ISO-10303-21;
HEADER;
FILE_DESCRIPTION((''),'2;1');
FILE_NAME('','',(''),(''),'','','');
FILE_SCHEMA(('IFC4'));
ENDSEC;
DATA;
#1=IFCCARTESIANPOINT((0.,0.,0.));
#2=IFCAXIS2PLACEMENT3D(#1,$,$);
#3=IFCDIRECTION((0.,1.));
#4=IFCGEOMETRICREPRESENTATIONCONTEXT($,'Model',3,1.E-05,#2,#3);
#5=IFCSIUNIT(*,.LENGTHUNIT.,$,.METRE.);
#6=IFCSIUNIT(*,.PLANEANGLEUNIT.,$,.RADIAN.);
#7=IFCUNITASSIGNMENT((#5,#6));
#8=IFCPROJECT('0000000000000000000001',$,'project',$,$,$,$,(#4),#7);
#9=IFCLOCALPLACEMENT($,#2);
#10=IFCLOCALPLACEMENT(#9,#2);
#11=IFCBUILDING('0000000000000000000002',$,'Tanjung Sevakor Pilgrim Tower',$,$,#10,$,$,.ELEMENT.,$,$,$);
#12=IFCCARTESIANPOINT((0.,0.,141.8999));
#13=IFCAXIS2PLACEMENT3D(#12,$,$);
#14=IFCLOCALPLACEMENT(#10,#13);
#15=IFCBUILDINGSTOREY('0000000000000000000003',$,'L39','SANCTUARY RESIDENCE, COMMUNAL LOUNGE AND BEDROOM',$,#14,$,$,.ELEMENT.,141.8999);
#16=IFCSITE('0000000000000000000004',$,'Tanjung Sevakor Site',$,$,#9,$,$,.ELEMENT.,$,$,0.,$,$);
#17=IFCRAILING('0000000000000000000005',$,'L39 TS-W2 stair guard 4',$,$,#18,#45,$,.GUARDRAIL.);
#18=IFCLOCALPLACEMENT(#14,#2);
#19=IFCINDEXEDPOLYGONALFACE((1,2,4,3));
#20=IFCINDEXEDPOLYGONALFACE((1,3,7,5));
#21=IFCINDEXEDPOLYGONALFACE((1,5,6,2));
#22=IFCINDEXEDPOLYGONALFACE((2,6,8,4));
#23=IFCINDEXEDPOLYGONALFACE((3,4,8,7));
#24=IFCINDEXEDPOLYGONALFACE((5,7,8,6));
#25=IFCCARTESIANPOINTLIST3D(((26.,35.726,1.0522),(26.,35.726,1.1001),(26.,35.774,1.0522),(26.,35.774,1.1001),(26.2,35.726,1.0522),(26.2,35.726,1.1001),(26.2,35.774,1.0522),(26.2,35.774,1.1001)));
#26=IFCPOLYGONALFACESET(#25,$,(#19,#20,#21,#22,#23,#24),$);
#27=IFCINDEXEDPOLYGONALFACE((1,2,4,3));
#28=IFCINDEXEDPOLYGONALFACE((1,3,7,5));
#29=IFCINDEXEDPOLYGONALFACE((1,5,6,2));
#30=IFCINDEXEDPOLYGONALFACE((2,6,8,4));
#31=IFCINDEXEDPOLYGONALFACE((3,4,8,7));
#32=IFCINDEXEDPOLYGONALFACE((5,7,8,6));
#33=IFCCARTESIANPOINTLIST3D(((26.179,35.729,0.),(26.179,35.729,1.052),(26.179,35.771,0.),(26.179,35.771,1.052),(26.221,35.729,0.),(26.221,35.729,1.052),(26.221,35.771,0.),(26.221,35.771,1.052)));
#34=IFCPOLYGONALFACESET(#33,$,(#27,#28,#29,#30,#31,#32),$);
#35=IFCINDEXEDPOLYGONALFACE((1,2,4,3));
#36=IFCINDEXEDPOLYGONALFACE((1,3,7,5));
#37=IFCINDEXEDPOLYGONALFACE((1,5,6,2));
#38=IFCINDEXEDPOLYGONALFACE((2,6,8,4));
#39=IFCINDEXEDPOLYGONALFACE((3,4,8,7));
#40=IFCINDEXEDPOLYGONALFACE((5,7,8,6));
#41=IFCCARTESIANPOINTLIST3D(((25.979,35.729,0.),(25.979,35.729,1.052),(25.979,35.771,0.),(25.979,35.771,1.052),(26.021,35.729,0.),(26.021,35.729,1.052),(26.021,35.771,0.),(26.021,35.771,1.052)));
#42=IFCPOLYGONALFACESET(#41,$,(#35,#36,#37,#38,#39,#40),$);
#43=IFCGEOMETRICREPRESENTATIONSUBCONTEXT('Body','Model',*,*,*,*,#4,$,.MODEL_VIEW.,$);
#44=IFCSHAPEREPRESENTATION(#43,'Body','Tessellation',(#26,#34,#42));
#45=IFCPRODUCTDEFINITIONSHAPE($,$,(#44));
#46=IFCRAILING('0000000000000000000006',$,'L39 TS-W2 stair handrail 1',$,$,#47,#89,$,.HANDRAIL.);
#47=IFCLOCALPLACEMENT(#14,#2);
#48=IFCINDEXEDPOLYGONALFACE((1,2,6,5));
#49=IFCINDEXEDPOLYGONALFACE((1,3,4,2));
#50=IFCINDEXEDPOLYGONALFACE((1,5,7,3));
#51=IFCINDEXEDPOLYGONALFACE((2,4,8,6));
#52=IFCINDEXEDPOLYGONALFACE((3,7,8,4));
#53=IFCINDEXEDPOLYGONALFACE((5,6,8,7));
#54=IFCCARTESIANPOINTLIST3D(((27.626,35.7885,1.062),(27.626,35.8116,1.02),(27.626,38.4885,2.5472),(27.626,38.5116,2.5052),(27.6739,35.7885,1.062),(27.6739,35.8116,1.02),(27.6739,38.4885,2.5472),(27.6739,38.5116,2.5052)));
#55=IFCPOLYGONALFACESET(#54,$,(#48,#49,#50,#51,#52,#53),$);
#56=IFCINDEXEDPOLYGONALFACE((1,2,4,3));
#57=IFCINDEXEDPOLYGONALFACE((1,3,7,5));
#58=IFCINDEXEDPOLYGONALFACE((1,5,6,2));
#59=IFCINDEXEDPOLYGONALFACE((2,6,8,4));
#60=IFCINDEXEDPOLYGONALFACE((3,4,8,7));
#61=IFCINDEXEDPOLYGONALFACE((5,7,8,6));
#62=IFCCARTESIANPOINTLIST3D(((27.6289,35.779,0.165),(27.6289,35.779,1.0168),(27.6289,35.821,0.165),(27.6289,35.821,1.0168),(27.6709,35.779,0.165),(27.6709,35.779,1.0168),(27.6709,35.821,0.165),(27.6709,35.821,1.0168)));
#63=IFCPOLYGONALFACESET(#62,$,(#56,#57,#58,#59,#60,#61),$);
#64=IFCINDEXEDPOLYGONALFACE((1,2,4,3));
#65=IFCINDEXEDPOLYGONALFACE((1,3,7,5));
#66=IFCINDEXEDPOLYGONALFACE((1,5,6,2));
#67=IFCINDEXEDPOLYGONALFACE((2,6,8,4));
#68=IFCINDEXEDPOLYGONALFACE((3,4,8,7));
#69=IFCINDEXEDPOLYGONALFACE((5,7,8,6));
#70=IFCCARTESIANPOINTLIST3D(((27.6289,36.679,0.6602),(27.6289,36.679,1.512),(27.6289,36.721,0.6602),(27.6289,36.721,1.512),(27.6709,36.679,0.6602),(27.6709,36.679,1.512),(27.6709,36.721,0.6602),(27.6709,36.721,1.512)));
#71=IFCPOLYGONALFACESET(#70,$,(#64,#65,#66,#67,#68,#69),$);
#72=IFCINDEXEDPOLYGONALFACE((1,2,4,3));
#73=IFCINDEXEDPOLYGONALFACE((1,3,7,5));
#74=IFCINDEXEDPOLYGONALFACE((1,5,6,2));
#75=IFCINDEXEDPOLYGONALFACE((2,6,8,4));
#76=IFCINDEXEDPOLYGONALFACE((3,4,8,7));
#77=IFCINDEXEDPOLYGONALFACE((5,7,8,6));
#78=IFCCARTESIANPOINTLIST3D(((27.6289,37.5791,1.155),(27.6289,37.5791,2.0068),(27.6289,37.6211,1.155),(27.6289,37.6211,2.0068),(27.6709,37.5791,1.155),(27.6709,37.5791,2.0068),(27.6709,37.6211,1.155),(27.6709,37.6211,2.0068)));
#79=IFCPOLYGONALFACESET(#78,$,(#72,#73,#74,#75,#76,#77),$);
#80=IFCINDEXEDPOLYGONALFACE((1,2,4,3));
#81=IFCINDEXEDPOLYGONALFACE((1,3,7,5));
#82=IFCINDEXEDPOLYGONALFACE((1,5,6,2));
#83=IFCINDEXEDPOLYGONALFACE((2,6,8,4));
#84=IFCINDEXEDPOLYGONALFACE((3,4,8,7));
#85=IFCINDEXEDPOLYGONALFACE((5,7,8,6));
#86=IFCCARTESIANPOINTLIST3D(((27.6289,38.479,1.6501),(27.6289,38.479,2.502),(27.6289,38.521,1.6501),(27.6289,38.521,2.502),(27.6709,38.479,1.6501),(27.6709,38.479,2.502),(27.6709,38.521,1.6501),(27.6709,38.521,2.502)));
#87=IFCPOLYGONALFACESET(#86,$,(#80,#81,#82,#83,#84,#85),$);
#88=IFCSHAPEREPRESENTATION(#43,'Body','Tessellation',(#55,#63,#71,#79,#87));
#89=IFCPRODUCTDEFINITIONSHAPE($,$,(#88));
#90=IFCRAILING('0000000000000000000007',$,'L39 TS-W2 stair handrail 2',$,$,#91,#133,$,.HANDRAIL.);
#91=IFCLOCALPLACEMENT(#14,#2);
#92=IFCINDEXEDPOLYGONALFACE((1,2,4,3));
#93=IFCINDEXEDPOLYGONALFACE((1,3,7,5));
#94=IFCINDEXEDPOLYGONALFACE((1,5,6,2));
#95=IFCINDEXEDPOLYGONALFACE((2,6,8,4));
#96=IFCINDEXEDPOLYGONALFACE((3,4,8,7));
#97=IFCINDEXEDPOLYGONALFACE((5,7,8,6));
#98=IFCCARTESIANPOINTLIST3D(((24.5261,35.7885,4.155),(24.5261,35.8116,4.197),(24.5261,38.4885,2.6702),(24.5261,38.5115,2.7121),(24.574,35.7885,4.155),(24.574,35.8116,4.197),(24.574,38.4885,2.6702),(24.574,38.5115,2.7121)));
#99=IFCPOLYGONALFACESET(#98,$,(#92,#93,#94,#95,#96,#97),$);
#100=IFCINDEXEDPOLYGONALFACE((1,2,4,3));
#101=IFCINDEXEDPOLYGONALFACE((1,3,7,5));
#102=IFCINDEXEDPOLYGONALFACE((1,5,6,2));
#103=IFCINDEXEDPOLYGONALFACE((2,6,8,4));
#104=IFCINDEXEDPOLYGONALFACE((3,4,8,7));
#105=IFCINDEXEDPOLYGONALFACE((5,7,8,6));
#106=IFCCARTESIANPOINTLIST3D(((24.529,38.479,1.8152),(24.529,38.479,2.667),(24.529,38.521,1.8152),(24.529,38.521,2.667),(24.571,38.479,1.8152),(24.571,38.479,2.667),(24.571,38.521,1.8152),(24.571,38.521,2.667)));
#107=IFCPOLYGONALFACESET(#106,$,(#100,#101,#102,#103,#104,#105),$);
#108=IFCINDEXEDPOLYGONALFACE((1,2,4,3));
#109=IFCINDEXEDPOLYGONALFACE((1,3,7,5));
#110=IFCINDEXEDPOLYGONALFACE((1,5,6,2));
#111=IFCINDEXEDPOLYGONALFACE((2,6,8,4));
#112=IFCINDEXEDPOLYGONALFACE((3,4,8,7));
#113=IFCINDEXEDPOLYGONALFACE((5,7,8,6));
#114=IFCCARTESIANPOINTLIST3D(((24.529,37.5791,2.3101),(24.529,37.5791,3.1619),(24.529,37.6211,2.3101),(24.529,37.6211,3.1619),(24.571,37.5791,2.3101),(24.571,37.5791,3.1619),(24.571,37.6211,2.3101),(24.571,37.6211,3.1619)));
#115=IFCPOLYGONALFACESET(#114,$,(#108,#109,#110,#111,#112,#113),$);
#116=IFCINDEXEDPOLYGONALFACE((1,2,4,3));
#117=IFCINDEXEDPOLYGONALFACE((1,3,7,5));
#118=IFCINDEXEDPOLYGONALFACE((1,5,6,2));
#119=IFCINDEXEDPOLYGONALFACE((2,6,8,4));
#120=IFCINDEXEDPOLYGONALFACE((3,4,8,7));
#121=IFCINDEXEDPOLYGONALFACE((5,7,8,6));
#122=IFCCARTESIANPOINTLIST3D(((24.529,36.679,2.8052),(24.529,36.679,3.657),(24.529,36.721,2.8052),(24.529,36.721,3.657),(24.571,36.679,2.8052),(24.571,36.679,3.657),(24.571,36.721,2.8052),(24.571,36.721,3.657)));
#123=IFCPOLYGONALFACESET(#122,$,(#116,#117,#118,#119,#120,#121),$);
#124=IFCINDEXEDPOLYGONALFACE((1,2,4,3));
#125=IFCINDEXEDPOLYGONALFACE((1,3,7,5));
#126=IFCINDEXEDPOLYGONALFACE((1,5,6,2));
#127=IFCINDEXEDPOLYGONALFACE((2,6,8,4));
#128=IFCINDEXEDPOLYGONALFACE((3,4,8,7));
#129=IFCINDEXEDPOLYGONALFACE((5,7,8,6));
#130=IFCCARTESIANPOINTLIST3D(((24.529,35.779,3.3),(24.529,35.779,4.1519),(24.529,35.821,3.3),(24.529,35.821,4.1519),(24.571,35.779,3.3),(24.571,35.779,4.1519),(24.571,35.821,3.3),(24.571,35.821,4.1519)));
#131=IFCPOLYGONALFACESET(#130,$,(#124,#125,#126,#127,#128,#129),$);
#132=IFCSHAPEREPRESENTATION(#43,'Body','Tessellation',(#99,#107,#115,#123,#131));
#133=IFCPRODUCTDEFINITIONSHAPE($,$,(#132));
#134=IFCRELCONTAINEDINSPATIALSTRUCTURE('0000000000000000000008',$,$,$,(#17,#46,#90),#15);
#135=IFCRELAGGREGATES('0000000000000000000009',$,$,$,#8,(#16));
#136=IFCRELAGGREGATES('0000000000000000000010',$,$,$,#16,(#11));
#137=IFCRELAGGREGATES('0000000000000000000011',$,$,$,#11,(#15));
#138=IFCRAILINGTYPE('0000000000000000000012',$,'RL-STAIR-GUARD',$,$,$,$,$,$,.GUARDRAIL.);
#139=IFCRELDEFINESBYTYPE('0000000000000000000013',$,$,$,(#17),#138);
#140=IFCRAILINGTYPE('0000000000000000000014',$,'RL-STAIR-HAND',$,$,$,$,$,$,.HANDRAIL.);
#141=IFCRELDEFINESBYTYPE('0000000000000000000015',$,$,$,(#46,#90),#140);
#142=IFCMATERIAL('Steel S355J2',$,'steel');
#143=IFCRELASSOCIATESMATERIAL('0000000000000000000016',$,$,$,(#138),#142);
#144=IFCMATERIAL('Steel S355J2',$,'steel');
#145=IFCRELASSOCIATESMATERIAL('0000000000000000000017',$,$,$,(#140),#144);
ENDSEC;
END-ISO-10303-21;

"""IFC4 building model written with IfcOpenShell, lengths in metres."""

from ifc_helpers import new_model, si_unit, direction, frame, origin, place, context, subcontext, project, spatial, rectangle, extrude, material, type_object, element, save


model = new_model("IFC4")

# Units and contexts
model_context = context("Model", 3, precision=1e-05, world=origin(), true_north=direction((0.0, 1.0)))
body_context = subcontext(model_context, "Body", "Model", "MODEL_VIEW")
ifc_project = project(units=[si_unit("LENGTHUNIT", "METRE"), si_unit("PLANEANGLEUNIT", "RADIAN")], contexts=[model_context])

# Site, building, storey
site_placement = place(None, origin())
site = spatial("IfcSite", under=ifc_project, at=site_placement, Name="Tanjung Sevakor Site", CompositionType="ELEMENT", RefElevation=0.0)
building_placement = place(site_placement, origin())
building = spatial("IfcBuilding", under=site, at=building_placement, Name="Tanjung Sevakor Pilgrim Tower", CompositionType="ELEMENT")
storey_placement = place(building_placement, frame((0.0, 0.0, 141.8999)))
storey = spatial("IfcBuildingStorey", under=building, at=storey_placement, Name="L39", Description="SANCTUARY RESIDENCE, COMMUNAL LOUNGE AND BEDROOM", CompositionType="ELEMENT", Elevation=141.8999)

# Railings
ifc_material_1 = material(Name="Steel S355J2", Category="steel")
railing_type_1 = type_object("IfcRailingType", Name="RL-STAIR-GUARD", PredefinedType="GUARDRAIL", material=ifc_material_1)
railing_1_placement = place(storey_placement, frame((26.2, 35.75, 0.0)))
element("IfcRailing", 1, at=railing_1_placement, inside=storey, type_object=railing_type_1, Name="L39 TS-W2 stair guard 4", PredefinedType="GUARDRAIL", context=body_context, shape_type="SweptSolid", body=[
    extrude(rectangle(XDim=0.0479, YDim=0.0479), frame((0.0, 0.0, 1.0762), z_axis=(-1.0, 0.0, 0.0), x_axis=(0.0, -1.0, 0.0)), (0.0, 0.0, 1.0), 0.2),
    extrude(rectangle(XDim=0.042, YDim=0.042), origin(), (0.0, 0.0, 1.0), 1.052),
    extrude(rectangle(XDim=0.042, YDim=0.042), frame((-0.2, 0.0, 0.0)), (0.0, 0.0, 1.0), 1.052),
])
ifc_material_2 = material(Name="Steel S355J2", Category="steel")
railing_type_2 = type_object("IfcRailingType", Name="RL-STAIR-HAND", PredefinedType="HANDRAIL", material=ifc_material_2)
railing_2_placement = place(storey_placement, frame((27.6499, 35.8, 0.165)))
element("IfcRailing", 2, at=railing_2_placement, inside=storey, type_object=railing_type_2, Name="L39 TS-W2 stair handrail 1", PredefinedType="HANDRAIL", context=body_context, shape_type="SweptSolid", body=[
    extrude(rectangle(XDim=0.0479, YDim=0.0479), frame((0.0, 0.0, 0.876), z_axis=(0.0, 0.876198, 0.481952), x_axis=(-1.0, 0.0, 0.0)), (0.0, 0.0, 1.0), 3.0815),
    extrude(rectangle(XDim=0.042, YDim=0.042), origin(), (0.0, 0.0, 1.0), 0.8518),
    extrude(rectangle(XDim=0.042, YDim=0.042), frame((0.0, 0.8999, 0.4951)), (0.0, 0.0, 1.0), 0.8518),
    extrude(rectangle(XDim=0.042, YDim=0.042), frame((0.0, 1.8, 0.99)), (0.0, 0.0, 1.0), 0.8518),
    extrude(rectangle(XDim=0.042, YDim=0.042), frame((0.0, 2.7, 1.4851)), (0.0, 0.0, 1.0), 0.8518),
])
railing_3_placement = place(storey_placement, frame((24.55, 38.5, 1.8152)))
element("IfcRailing", 3, at=railing_3_placement, inside=storey, type_object=railing_type_2, Name="L39 TS-W2 stair handrail 2", PredefinedType="HANDRAIL", context=body_context, shape_type="SweptSolid", body=[
    extrude(rectangle(XDim=0.0479, YDim=0.0479), frame((0.0, 0.0, 0.876), z_axis=(0.0, -0.876231, 0.481891), x_axis=(1.0, 0.0, 0.0)), (0.0, 0.0, 1.0), 3.0813),
    extrude(rectangle(XDim=0.042, YDim=0.042), origin(), (0.0, 0.0, 1.0), 0.8518),
    extrude(rectangle(XDim=0.042, YDim=0.042), frame((0.0, -0.8999, 0.4949)), (0.0, 0.0, 1.0), 0.8518),
    extrude(rectangle(XDim=0.042, YDim=0.042), frame((0.0, -1.8, 0.99)), (0.0, 0.0, 1.0), 0.8518),
    extrude(rectangle(XDim=0.042, YDim=0.042), frame((0.0, -2.7, 1.4849)), (0.0, 0.0, 1.0), 0.8518),
])

save(model, "model.ifc")
